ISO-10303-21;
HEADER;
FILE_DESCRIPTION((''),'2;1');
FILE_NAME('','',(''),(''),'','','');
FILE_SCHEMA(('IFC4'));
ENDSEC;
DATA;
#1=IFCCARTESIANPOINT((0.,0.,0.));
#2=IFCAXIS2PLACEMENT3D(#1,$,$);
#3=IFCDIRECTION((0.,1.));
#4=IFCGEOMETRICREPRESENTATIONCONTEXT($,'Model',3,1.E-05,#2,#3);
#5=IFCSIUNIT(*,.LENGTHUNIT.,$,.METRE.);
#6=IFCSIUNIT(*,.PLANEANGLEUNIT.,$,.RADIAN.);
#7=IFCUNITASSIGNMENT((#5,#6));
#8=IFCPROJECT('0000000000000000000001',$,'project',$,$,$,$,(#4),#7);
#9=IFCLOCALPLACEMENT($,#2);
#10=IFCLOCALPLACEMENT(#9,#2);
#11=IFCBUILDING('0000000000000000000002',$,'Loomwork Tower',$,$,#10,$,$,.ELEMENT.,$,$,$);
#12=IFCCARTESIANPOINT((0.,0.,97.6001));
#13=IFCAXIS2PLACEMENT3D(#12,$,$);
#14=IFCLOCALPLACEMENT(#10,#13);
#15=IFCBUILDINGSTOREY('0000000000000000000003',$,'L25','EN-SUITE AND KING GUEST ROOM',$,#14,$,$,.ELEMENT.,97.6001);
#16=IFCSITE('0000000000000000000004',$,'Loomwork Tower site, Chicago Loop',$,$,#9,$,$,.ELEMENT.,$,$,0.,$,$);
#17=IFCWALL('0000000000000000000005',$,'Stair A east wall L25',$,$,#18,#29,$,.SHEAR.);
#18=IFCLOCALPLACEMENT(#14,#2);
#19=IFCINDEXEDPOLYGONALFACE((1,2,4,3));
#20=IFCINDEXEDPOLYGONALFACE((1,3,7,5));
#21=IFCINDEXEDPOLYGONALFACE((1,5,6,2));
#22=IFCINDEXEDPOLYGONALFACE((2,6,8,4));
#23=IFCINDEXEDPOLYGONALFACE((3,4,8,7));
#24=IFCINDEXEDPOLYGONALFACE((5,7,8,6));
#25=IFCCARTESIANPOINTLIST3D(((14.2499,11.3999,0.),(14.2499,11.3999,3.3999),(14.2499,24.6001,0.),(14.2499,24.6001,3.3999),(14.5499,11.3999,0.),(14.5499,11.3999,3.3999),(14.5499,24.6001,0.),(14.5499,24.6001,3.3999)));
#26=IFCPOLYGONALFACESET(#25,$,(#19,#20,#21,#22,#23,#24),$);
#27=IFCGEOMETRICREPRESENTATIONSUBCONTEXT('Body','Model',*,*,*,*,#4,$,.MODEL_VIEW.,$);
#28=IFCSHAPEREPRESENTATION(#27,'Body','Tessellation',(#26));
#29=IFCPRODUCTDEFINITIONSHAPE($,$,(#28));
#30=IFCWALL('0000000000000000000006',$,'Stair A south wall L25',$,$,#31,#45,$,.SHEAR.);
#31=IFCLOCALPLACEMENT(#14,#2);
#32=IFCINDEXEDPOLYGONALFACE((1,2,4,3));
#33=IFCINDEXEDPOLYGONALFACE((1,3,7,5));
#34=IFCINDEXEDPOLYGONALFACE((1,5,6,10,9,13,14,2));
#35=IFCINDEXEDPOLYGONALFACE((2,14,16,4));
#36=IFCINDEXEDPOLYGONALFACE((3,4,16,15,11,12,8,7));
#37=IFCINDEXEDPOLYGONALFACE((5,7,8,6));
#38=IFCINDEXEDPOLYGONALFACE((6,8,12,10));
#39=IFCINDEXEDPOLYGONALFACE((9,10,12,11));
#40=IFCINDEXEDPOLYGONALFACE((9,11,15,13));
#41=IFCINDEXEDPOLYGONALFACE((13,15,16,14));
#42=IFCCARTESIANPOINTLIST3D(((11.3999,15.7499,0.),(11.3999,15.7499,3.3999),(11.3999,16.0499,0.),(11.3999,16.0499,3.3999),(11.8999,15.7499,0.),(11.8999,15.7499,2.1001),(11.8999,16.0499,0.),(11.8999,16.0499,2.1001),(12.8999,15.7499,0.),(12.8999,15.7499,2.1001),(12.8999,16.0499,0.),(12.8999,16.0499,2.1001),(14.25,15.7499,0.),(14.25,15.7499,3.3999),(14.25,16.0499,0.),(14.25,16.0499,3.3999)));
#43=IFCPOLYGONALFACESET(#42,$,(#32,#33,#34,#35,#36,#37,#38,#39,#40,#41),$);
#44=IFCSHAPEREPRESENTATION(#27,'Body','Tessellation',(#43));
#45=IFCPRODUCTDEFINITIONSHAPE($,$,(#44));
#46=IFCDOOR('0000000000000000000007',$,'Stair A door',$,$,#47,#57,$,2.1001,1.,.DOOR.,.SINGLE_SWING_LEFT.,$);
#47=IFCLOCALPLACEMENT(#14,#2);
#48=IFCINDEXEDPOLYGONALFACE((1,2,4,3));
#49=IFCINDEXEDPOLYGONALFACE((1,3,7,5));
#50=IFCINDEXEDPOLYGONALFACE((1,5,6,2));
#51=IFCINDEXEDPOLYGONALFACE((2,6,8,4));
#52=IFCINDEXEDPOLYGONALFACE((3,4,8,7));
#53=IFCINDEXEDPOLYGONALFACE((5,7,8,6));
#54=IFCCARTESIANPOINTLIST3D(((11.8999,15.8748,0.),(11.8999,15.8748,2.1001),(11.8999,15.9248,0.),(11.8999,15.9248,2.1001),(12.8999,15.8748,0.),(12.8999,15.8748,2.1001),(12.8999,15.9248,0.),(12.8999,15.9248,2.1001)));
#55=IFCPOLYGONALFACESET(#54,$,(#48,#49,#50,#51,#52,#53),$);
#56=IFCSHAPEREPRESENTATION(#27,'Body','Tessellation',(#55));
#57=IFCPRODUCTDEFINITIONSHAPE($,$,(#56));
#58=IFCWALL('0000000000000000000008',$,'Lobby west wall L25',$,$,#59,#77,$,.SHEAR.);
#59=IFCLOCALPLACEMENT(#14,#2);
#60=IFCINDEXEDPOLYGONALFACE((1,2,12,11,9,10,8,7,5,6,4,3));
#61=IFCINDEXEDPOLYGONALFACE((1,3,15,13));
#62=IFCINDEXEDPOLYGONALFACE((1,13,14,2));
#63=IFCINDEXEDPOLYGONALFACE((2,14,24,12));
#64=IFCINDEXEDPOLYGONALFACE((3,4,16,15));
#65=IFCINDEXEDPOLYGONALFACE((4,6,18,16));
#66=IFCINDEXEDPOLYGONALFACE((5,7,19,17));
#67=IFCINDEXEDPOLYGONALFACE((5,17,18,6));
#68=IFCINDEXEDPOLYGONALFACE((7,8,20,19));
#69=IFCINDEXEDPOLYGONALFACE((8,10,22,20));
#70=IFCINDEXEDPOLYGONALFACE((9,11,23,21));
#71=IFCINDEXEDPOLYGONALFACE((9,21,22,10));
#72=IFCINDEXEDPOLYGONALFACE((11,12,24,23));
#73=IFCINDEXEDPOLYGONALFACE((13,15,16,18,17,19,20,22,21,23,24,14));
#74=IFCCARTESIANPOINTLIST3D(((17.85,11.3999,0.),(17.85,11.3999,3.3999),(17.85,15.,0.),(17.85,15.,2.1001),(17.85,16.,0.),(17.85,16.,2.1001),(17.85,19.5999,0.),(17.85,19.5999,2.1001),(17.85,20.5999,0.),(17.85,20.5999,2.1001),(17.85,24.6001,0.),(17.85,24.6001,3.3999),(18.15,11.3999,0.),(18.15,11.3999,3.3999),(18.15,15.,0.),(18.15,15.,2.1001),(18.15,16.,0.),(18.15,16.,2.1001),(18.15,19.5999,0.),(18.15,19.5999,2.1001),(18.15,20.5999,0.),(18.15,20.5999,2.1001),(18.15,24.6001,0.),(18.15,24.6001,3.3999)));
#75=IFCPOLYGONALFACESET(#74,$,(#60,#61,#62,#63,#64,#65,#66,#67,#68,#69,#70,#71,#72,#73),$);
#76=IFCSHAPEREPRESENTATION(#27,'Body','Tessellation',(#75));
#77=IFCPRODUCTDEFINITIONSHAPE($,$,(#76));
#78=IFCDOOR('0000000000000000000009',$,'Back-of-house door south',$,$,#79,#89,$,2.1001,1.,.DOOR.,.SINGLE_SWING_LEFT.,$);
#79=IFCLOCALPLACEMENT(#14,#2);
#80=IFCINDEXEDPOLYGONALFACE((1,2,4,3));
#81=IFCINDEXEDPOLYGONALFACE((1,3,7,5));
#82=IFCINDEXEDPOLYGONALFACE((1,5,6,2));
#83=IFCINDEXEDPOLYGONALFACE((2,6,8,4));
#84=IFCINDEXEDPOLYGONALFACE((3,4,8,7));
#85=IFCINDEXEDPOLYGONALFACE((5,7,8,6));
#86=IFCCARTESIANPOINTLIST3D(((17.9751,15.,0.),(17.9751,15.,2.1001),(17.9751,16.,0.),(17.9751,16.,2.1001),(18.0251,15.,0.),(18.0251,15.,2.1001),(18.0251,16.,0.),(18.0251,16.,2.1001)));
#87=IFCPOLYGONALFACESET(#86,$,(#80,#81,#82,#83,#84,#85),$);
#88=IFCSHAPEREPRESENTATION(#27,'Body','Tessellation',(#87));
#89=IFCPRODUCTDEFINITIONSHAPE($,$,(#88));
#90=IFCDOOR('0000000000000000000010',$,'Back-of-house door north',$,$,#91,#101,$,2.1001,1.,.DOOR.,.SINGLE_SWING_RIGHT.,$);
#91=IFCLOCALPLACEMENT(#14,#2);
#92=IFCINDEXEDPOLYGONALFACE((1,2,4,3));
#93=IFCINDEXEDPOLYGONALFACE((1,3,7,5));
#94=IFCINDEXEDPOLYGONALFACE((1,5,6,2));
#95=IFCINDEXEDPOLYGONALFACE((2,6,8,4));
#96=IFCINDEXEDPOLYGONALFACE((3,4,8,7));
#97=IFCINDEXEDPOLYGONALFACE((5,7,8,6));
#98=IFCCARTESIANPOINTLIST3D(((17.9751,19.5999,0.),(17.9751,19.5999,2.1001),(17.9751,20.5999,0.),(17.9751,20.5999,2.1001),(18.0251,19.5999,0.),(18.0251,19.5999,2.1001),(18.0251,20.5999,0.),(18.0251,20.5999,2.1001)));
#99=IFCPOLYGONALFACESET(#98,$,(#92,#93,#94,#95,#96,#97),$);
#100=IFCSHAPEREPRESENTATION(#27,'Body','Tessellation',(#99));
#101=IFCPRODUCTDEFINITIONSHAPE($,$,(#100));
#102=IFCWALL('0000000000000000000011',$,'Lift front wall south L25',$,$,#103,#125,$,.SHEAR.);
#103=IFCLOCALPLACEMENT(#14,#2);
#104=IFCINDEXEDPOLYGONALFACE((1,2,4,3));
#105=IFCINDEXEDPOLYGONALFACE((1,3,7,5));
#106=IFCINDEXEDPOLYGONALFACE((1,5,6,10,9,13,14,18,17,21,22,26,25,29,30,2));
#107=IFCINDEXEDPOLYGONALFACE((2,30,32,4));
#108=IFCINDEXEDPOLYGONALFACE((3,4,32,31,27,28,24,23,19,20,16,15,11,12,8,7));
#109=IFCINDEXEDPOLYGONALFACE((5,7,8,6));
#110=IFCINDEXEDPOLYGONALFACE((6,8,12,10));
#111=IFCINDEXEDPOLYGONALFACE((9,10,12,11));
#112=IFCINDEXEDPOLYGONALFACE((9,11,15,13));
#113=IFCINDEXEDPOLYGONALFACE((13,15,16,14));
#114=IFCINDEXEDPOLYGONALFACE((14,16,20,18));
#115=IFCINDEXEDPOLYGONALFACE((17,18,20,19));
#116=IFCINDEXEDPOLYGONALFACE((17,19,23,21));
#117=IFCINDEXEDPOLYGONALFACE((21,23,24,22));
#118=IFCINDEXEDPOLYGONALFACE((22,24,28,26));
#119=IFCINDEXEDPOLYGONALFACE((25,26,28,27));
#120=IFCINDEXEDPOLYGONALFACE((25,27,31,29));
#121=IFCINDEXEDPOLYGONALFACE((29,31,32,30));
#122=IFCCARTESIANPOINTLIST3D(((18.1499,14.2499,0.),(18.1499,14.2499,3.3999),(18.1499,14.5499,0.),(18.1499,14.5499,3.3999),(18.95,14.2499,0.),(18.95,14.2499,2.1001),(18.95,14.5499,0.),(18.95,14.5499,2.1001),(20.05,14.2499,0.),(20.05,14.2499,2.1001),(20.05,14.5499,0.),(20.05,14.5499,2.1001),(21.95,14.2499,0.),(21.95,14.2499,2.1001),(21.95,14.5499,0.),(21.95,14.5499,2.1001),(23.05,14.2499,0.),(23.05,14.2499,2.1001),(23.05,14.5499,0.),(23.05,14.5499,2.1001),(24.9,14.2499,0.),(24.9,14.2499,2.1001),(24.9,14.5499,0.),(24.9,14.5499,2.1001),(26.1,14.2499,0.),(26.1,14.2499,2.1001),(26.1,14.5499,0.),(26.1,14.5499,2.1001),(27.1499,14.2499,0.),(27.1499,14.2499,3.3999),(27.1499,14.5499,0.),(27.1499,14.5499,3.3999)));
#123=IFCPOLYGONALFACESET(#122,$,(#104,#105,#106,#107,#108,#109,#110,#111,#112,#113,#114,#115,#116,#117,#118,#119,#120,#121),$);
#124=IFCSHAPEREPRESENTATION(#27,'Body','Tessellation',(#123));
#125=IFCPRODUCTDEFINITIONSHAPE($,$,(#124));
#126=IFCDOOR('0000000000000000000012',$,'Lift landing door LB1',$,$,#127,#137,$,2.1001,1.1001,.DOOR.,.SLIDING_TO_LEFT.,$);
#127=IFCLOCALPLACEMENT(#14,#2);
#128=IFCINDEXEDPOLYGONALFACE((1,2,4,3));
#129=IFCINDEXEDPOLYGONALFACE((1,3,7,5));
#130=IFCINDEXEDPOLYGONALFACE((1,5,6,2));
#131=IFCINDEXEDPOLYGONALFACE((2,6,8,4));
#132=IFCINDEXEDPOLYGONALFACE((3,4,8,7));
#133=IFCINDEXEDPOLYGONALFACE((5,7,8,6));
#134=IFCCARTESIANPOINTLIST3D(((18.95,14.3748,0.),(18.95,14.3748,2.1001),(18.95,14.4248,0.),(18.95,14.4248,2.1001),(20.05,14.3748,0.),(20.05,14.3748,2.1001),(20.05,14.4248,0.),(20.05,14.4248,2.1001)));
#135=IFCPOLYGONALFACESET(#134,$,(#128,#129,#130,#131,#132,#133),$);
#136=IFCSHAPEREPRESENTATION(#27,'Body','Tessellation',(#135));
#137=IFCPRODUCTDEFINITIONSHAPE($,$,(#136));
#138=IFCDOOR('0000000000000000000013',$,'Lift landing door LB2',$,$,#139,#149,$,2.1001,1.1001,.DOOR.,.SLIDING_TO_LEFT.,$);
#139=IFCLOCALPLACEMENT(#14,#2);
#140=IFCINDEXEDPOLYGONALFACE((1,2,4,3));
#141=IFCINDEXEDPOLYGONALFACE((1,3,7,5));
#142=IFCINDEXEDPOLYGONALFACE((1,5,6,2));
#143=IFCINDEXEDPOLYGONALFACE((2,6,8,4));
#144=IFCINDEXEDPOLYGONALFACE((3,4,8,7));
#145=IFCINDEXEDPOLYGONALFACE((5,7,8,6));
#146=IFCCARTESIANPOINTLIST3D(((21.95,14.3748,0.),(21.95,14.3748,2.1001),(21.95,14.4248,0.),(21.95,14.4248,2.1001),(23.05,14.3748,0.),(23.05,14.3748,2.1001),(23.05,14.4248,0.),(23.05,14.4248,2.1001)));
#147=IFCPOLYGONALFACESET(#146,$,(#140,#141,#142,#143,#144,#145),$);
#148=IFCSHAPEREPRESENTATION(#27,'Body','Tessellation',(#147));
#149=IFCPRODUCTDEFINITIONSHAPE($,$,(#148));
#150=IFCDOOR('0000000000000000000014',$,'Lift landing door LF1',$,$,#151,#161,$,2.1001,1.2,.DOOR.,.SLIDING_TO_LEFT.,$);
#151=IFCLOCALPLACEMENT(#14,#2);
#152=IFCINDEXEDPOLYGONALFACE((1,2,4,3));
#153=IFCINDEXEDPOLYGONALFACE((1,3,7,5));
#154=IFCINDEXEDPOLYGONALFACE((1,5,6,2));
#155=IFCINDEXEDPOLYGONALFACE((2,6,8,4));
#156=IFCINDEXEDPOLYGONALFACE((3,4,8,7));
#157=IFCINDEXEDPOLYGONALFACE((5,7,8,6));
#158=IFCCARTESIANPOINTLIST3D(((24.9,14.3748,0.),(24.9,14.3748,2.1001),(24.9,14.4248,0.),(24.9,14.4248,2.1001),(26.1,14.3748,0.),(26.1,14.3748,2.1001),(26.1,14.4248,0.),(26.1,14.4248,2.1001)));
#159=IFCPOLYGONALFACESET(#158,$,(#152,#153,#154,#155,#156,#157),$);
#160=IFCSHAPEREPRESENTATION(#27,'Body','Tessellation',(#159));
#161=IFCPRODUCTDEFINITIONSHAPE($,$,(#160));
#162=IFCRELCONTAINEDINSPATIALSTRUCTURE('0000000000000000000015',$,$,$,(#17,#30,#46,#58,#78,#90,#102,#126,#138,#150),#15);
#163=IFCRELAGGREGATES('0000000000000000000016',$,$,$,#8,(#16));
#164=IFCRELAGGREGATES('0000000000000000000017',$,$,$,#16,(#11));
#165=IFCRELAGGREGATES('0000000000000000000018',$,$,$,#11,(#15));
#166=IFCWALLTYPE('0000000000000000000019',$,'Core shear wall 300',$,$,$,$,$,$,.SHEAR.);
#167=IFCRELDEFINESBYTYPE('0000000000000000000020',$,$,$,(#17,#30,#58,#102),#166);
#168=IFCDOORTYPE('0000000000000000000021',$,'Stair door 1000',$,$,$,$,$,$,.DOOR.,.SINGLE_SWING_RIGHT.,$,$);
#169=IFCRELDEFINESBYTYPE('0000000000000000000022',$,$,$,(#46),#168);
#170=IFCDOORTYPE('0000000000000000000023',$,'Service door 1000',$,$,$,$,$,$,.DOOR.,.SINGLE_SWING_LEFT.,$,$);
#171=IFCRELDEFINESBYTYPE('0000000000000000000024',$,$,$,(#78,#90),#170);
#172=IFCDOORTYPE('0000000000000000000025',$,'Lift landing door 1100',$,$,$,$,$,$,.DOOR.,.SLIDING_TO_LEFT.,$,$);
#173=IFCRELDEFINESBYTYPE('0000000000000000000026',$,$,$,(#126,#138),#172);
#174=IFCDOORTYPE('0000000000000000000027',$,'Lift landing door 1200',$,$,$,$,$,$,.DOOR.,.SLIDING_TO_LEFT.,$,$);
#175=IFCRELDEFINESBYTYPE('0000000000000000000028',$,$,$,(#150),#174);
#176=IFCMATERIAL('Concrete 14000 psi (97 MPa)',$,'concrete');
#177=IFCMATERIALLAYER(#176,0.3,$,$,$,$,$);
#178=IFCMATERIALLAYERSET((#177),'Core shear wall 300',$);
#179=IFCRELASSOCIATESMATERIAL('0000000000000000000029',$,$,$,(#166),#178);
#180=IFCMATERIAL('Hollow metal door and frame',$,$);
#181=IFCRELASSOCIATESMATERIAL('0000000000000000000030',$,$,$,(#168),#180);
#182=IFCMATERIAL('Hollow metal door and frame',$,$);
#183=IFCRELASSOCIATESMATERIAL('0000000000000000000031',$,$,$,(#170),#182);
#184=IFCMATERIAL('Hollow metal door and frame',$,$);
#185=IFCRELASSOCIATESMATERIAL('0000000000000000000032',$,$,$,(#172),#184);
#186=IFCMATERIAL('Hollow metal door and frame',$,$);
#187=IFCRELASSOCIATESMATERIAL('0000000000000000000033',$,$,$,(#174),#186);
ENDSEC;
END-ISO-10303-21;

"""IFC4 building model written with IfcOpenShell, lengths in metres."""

from ifc_helpers import new_model, si_unit, direction, frame, frame_2d, origin, place, context, subcontext, project, spatial, rectangle, extrude, material, layer, layer_set, type_object, element, fill, save


model = new_model("IFC4")

# Units and contexts
model_context = context("Model", 3, precision=1e-05, world=origin(), true_north=direction((0.0, 1.0)))
body_context = subcontext(model_context, "Body", "Model", "MODEL_VIEW")
ifc_project = project(units=[si_unit("LENGTHUNIT", "METRE"), si_unit("PLANEANGLEUNIT", "RADIAN")], contexts=[model_context])

# Site, building, storey
site_placement = place(None, origin())
site = spatial("IfcSite", under=ifc_project, at=site_placement, Name="Loomwork Tower site, Chicago Loop", CompositionType="ELEMENT", RefElevation=0.0)
building_placement = place(site_placement, origin())
building = spatial("IfcBuilding", under=site, at=building_placement, Name="Loomwork Tower", CompositionType="ELEMENT")
storey_placement = place(building_placement, frame((0.0, 0.0, 97.6001)))
storey = spatial("IfcBuildingStorey", under=building, at=storey_placement, Name="L25", Description="EN-SUITE AND KING GUEST ROOM", CompositionType="ELEMENT", Elevation=97.6001)

# Wall
ifc_material_1 = material(Name="Concrete 14000 psi (97 MPa)", Category="concrete")
ifc_layer_1 = layer(ifc_material_1, 0.3)
ifc_layer_set_1 = layer_set([ifc_layer_1], Name="Core shear wall 300")
wall_type_1 = type_object("IfcWallType", Name="Core shear wall 300", PredefinedType="SHEAR", material=ifc_layer_set_1)
wall_1_placement = place(storey_placement, frame((14.3999, 11.3999, 0.0), z_axis=(0.0, 0.0, 1.0), x_axis=(0.0, 1.0, 0.0)))
element("IfcWall", 1, at=wall_1_placement, inside=storey, type_object=wall_type_1, Name="Stair A east wall L25", PredefinedType="SHEAR", context=body_context, shape_type="SweptSolid", body=[
    extrude(rectangle(XDim=13.2002, YDim=0.3, at=frame_2d((6.6001, 0.0))), origin(), (0.0, 0.0, 1.0), 3.3999),
])

# Wall, opening, door
wall_2_placement = place(storey_placement, frame((11.3999, 15.8999, 0.0), z_axis=(0.0, 0.0, 1.0), x_axis=(1.0, 0.0, 0.0)))
wall_2 = element("IfcWall", 2, at=wall_2_placement, inside=storey, type_object=wall_type_1, Name="Stair A south wall L25", PredefinedType="SHEAR", context=body_context, shape_type="SweptSolid", body=[
    extrude(rectangle(XDim=2.8501, YDim=0.3, at=frame_2d((1.425, 0.0))), origin(), (0.0, 0.0, 1.0), 3.3999),
])
opening_1_placement = place(wall_2_placement, frame((0.5, 0.0, 0.0)))
opening_1 = element("IfcOpeningElement", 3, at=opening_1_placement, cuts=wall_2, PredefinedType="OPENING", context=body_context, shape_type="SweptSolid", body=[
    extrude(rectangle(XDim=1.0, YDim=2.1001, at=frame_2d((0.5, 1.05))), frame((0.0, 0.1599, 0.0), z_axis=(0.0, -1.0, 0.0), x_axis=(1.0, 0.0, 0.0)), (0.0, 0.0, 1.0), 0.3201),
])
ifc_material_2 = material(Name="Hollow metal door and frame")
door_type_1 = type_object("IfcDoorType", Name="Stair door 1000", OperationType="SINGLE_SWING_RIGHT", PredefinedType="DOOR", material=ifc_material_2)
door_1_placement = place(opening_1_placement, origin())
door_1 = element("IfcDoor", 4, at=door_1_placement, inside=storey, type_object=door_type_1, Name="Stair A door", OperationType="SINGLE_SWING_LEFT", OverallHeight=2.1001, OverallWidth=1.0, PredefinedType="DOOR", context=body_context, shape_type="SweptSolid", body=[
    extrude(rectangle(XDim=1.0, YDim=2.1001, at=frame_2d((0.5, 1.05))), frame((0.0, 0.0249, 0.0), z_axis=(0.0, -1.0, 0.0), x_axis=(1.0, 0.0, 0.0)), (0.0, 0.0, 1.0), 0.05),
])
fill(opening_1, door_1)

# Walls, openings, doors
wall_3_placement = place(storey_placement, frame((18.0, 11.3999, 0.0), z_axis=(0.0, 0.0, 1.0), x_axis=(0.0, 1.0, 0.0)))
wall_3 = element("IfcWall", 5, at=wall_3_placement, inside=storey, type_object=wall_type_1, Name="Lobby west wall L25", PredefinedType="SHEAR", context=body_context, shape_type="SweptSolid", body=[
    extrude(rectangle(XDim=13.2002, YDim=0.3, at=frame_2d((6.6001, 0.0))), origin(), (0.0, 0.0, 1.0), 3.3999),
])
opening_2_placement = place(wall_3_placement, frame((3.6001, 0.0, 0.0)))
opening_2 = element("IfcOpeningElement", 6, at=opening_2_placement, cuts=wall_3, PredefinedType="OPENING", context=body_context, shape_type="SweptSolid", body=[
    extrude(rectangle(XDim=1.0, YDim=2.1001, at=frame_2d((0.5, 1.05))), frame((0.0, 0.1599, 0.0), z_axis=(0.0, -1.0, 0.0), x_axis=(1.0, 0.0, 0.0)), (0.0, 0.0, 1.0), 0.3201),
])
opening_3_placement = place(wall_3_placement, frame((8.2, 0.0, 0.0)))
opening_3 = element("IfcOpeningElement", 7, at=opening_3_placement, cuts=wall_3, PredefinedType="OPENING", context=body_context, shape_type="SweptSolid", body=[
    extrude(rectangle(XDim=1.0, YDim=2.1001, at=frame_2d((0.5, 1.05))), frame((0.0, 0.1599, 0.0), z_axis=(0.0, -1.0, 0.0), x_axis=(1.0, 0.0, 0.0)), (0.0, 0.0, 1.0), 0.3201),
])
ifc_material_3 = material(Name="Hollow metal door and frame")
door_type_2 = type_object("IfcDoorType", Name="Service door 1000", OperationType="SINGLE_SWING_LEFT", PredefinedType="DOOR", material=ifc_material_3)
door_2_placement = place(opening_2_placement, origin())
door_2 = element("IfcDoor", 8, at=door_2_placement, inside=storey, type_object=door_type_2, Name="Back-of-house door south", OperationType="SINGLE_SWING_LEFT", OverallHeight=2.1001, OverallWidth=1.0, PredefinedType="DOOR", context=body_context, shape_type="SweptSolid", body=[
    extrude(rectangle(XDim=1.0, YDim=2.1001, at=frame_2d((0.5, 1.05))), frame((0.0, 0.0249, 0.0), z_axis=(0.0, -1.0, 0.0), x_axis=(1.0, 0.0, 0.0)), (0.0, 0.0, 1.0), 0.05),
])
fill(opening_2, door_2)
door_3_placement = place(opening_3_placement, origin())
door_3 = element("IfcDoor", 9, at=door_3_placement, inside=storey, type_object=door_type_2, Name="Back-of-house door north", OperationType="SINGLE_SWING_RIGHT", OverallHeight=2.1001, OverallWidth=1.0, PredefinedType="DOOR", context=body_context, shape_type="SweptSolid", body=[
    extrude(rectangle(XDim=1.0, YDim=2.1001, at=frame_2d((0.5, 1.05))), frame((0.0, 0.0249, 0.0), z_axis=(0.0, -1.0, 0.0), x_axis=(1.0, 0.0, 0.0)), (0.0, 0.0, 1.0), 0.05),
])
fill(opening_3, door_3)
wall_4_placement = place(storey_placement, frame((18.1499, 14.3999, 0.0), z_axis=(0.0, 0.0, 1.0), x_axis=(1.0, 0.0, 0.0)))
wall_4 = element("IfcWall", 10, at=wall_4_placement, inside=storey, type_object=wall_type_1, Name="Lift front wall south L25", PredefinedType="SHEAR", context=body_context, shape_type="SweptSolid", body=[
    extrude(rectangle(XDim=9.0, YDim=0.3, at=frame_2d((4.5, 0.0))), origin(), (0.0, 0.0, 1.0), 3.3999),
])
opening_4_placement = place(wall_4_placement, frame((0.8, 0.0, 0.0)))
opening_4 = element("IfcOpeningElement", 11, at=opening_4_placement, cuts=wall_4, PredefinedType="OPENING", context=body_context, shape_type="SweptSolid", body=[
    extrude(rectangle(XDim=1.1001, YDim=2.1001, at=frame_2d((0.55, 1.05))), frame((0.0, 0.1599, 0.0), z_axis=(0.0, -1.0, 0.0), x_axis=(1.0, 0.0, 0.0)), (0.0, 0.0, 1.0), 0.3201),
])
opening_5_placement = place(wall_4_placement, frame((3.8, 0.0, 0.0)))
opening_5 = element("IfcOpeningElement", 12, at=opening_5_placement, cuts=wall_4, PredefinedType="OPENING", context=body_context, shape_type="SweptSolid", body=[
    extrude(rectangle(XDim=1.1001, YDim=2.1001, at=frame_2d((0.55, 1.05))), frame((0.0, 0.1599, 0.0), z_axis=(0.0, -1.0, 0.0), x_axis=(1.0, 0.0, 0.0)), (0.0, 0.0, 1.0), 0.3201),
])
opening_6_placement = place(wall_4_placement, frame((6.75, 0.0, 0.0)))
opening_6 = element("IfcOpeningElement", 13, at=opening_6_placement, cuts=wall_4, PredefinedType="OPENING", context=body_context, shape_type="SweptSolid", body=[
    extrude(rectangle(XDim=1.2, YDim=2.1001, at=frame_2d((0.6001, 1.05))), frame((0.0, 0.1599, 0.0), z_axis=(0.0, -1.0, 0.0), x_axis=(1.0, 0.0, 0.0)), (0.0, 0.0, 1.0), 0.3201),
])
ifc_material_4 = material(Name="Hollow metal door and frame")
door_type_3 = type_object("IfcDoorType", Name="Lift landing door 1100", OperationType="SLIDING_TO_LEFT", PredefinedType="DOOR", material=ifc_material_4)
door_4_placement = place(opening_4_placement, origin())
door_4 = element("IfcDoor", 14, at=door_4_placement, inside=storey, type_object=door_type_3, Name="Lift landing door LB1", OperationType="SLIDING_TO_LEFT", OverallHeight=2.1001, OverallWidth=1.1001, PredefinedType="DOOR", context=body_context, shape_type="SweptSolid", body=[
    extrude(rectangle(XDim=1.1001, YDim=2.1001, at=frame_2d((0.55, 1.05))), frame((0.0, 0.0249, 0.0), z_axis=(0.0, -1.0, 0.0), x_axis=(1.0, 0.0, 0.0)), (0.0, 0.0, 1.0), 0.05),
])
fill(opening_4, door_4)
door_5_placement = place(opening_5_placement, origin())
door_5 = element("IfcDoor", 15, at=door_5_placement, inside=storey, type_object=door_type_3, Name="Lift landing door LB2", OperationType="SLIDING_TO_LEFT", OverallHeight=2.1001, OverallWidth=1.1001, PredefinedType="DOOR", context=body_context, shape_type="SweptSolid", body=[
    extrude(rectangle(XDim=1.1001, YDim=2.1001, at=frame_2d((0.55, 1.05))), frame((0.0, 0.0249, 0.0), z_axis=(0.0, -1.0, 0.0), x_axis=(1.0, 0.0, 0.0)), (0.0, 0.0, 1.0), 0.05),
])
fill(opening_5, door_5)
ifc_material_5 = material(Name="Hollow metal door and frame")
door_type_4 = type_object("IfcDoorType", Name="Lift landing door 1200", OperationType="SLIDING_TO_LEFT", PredefinedType="DOOR", material=ifc_material_5)
door_6_placement = place(opening_6_placement, origin())
door_6 = element("IfcDoor", 16, at=door_6_placement, inside=storey, type_object=door_type_4, Name="Lift landing door LF1", OperationType="SLIDING_TO_LEFT", OverallHeight=2.1001, OverallWidth=1.2, PredefinedType="DOOR", context=body_context, shape_type="SweptSolid", body=[
    extrude(rectangle(XDim=1.2, YDim=2.1001, at=frame_2d((0.6001, 1.05))), frame((0.0, 0.0249, 0.0), z_axis=(0.0, -1.0, 0.0), x_axis=(1.0, 0.0, 0.0)), (0.0, 0.0, 1.0), 0.05),
])
fill(opening_6, door_6)

save(model, "model.ifc")
